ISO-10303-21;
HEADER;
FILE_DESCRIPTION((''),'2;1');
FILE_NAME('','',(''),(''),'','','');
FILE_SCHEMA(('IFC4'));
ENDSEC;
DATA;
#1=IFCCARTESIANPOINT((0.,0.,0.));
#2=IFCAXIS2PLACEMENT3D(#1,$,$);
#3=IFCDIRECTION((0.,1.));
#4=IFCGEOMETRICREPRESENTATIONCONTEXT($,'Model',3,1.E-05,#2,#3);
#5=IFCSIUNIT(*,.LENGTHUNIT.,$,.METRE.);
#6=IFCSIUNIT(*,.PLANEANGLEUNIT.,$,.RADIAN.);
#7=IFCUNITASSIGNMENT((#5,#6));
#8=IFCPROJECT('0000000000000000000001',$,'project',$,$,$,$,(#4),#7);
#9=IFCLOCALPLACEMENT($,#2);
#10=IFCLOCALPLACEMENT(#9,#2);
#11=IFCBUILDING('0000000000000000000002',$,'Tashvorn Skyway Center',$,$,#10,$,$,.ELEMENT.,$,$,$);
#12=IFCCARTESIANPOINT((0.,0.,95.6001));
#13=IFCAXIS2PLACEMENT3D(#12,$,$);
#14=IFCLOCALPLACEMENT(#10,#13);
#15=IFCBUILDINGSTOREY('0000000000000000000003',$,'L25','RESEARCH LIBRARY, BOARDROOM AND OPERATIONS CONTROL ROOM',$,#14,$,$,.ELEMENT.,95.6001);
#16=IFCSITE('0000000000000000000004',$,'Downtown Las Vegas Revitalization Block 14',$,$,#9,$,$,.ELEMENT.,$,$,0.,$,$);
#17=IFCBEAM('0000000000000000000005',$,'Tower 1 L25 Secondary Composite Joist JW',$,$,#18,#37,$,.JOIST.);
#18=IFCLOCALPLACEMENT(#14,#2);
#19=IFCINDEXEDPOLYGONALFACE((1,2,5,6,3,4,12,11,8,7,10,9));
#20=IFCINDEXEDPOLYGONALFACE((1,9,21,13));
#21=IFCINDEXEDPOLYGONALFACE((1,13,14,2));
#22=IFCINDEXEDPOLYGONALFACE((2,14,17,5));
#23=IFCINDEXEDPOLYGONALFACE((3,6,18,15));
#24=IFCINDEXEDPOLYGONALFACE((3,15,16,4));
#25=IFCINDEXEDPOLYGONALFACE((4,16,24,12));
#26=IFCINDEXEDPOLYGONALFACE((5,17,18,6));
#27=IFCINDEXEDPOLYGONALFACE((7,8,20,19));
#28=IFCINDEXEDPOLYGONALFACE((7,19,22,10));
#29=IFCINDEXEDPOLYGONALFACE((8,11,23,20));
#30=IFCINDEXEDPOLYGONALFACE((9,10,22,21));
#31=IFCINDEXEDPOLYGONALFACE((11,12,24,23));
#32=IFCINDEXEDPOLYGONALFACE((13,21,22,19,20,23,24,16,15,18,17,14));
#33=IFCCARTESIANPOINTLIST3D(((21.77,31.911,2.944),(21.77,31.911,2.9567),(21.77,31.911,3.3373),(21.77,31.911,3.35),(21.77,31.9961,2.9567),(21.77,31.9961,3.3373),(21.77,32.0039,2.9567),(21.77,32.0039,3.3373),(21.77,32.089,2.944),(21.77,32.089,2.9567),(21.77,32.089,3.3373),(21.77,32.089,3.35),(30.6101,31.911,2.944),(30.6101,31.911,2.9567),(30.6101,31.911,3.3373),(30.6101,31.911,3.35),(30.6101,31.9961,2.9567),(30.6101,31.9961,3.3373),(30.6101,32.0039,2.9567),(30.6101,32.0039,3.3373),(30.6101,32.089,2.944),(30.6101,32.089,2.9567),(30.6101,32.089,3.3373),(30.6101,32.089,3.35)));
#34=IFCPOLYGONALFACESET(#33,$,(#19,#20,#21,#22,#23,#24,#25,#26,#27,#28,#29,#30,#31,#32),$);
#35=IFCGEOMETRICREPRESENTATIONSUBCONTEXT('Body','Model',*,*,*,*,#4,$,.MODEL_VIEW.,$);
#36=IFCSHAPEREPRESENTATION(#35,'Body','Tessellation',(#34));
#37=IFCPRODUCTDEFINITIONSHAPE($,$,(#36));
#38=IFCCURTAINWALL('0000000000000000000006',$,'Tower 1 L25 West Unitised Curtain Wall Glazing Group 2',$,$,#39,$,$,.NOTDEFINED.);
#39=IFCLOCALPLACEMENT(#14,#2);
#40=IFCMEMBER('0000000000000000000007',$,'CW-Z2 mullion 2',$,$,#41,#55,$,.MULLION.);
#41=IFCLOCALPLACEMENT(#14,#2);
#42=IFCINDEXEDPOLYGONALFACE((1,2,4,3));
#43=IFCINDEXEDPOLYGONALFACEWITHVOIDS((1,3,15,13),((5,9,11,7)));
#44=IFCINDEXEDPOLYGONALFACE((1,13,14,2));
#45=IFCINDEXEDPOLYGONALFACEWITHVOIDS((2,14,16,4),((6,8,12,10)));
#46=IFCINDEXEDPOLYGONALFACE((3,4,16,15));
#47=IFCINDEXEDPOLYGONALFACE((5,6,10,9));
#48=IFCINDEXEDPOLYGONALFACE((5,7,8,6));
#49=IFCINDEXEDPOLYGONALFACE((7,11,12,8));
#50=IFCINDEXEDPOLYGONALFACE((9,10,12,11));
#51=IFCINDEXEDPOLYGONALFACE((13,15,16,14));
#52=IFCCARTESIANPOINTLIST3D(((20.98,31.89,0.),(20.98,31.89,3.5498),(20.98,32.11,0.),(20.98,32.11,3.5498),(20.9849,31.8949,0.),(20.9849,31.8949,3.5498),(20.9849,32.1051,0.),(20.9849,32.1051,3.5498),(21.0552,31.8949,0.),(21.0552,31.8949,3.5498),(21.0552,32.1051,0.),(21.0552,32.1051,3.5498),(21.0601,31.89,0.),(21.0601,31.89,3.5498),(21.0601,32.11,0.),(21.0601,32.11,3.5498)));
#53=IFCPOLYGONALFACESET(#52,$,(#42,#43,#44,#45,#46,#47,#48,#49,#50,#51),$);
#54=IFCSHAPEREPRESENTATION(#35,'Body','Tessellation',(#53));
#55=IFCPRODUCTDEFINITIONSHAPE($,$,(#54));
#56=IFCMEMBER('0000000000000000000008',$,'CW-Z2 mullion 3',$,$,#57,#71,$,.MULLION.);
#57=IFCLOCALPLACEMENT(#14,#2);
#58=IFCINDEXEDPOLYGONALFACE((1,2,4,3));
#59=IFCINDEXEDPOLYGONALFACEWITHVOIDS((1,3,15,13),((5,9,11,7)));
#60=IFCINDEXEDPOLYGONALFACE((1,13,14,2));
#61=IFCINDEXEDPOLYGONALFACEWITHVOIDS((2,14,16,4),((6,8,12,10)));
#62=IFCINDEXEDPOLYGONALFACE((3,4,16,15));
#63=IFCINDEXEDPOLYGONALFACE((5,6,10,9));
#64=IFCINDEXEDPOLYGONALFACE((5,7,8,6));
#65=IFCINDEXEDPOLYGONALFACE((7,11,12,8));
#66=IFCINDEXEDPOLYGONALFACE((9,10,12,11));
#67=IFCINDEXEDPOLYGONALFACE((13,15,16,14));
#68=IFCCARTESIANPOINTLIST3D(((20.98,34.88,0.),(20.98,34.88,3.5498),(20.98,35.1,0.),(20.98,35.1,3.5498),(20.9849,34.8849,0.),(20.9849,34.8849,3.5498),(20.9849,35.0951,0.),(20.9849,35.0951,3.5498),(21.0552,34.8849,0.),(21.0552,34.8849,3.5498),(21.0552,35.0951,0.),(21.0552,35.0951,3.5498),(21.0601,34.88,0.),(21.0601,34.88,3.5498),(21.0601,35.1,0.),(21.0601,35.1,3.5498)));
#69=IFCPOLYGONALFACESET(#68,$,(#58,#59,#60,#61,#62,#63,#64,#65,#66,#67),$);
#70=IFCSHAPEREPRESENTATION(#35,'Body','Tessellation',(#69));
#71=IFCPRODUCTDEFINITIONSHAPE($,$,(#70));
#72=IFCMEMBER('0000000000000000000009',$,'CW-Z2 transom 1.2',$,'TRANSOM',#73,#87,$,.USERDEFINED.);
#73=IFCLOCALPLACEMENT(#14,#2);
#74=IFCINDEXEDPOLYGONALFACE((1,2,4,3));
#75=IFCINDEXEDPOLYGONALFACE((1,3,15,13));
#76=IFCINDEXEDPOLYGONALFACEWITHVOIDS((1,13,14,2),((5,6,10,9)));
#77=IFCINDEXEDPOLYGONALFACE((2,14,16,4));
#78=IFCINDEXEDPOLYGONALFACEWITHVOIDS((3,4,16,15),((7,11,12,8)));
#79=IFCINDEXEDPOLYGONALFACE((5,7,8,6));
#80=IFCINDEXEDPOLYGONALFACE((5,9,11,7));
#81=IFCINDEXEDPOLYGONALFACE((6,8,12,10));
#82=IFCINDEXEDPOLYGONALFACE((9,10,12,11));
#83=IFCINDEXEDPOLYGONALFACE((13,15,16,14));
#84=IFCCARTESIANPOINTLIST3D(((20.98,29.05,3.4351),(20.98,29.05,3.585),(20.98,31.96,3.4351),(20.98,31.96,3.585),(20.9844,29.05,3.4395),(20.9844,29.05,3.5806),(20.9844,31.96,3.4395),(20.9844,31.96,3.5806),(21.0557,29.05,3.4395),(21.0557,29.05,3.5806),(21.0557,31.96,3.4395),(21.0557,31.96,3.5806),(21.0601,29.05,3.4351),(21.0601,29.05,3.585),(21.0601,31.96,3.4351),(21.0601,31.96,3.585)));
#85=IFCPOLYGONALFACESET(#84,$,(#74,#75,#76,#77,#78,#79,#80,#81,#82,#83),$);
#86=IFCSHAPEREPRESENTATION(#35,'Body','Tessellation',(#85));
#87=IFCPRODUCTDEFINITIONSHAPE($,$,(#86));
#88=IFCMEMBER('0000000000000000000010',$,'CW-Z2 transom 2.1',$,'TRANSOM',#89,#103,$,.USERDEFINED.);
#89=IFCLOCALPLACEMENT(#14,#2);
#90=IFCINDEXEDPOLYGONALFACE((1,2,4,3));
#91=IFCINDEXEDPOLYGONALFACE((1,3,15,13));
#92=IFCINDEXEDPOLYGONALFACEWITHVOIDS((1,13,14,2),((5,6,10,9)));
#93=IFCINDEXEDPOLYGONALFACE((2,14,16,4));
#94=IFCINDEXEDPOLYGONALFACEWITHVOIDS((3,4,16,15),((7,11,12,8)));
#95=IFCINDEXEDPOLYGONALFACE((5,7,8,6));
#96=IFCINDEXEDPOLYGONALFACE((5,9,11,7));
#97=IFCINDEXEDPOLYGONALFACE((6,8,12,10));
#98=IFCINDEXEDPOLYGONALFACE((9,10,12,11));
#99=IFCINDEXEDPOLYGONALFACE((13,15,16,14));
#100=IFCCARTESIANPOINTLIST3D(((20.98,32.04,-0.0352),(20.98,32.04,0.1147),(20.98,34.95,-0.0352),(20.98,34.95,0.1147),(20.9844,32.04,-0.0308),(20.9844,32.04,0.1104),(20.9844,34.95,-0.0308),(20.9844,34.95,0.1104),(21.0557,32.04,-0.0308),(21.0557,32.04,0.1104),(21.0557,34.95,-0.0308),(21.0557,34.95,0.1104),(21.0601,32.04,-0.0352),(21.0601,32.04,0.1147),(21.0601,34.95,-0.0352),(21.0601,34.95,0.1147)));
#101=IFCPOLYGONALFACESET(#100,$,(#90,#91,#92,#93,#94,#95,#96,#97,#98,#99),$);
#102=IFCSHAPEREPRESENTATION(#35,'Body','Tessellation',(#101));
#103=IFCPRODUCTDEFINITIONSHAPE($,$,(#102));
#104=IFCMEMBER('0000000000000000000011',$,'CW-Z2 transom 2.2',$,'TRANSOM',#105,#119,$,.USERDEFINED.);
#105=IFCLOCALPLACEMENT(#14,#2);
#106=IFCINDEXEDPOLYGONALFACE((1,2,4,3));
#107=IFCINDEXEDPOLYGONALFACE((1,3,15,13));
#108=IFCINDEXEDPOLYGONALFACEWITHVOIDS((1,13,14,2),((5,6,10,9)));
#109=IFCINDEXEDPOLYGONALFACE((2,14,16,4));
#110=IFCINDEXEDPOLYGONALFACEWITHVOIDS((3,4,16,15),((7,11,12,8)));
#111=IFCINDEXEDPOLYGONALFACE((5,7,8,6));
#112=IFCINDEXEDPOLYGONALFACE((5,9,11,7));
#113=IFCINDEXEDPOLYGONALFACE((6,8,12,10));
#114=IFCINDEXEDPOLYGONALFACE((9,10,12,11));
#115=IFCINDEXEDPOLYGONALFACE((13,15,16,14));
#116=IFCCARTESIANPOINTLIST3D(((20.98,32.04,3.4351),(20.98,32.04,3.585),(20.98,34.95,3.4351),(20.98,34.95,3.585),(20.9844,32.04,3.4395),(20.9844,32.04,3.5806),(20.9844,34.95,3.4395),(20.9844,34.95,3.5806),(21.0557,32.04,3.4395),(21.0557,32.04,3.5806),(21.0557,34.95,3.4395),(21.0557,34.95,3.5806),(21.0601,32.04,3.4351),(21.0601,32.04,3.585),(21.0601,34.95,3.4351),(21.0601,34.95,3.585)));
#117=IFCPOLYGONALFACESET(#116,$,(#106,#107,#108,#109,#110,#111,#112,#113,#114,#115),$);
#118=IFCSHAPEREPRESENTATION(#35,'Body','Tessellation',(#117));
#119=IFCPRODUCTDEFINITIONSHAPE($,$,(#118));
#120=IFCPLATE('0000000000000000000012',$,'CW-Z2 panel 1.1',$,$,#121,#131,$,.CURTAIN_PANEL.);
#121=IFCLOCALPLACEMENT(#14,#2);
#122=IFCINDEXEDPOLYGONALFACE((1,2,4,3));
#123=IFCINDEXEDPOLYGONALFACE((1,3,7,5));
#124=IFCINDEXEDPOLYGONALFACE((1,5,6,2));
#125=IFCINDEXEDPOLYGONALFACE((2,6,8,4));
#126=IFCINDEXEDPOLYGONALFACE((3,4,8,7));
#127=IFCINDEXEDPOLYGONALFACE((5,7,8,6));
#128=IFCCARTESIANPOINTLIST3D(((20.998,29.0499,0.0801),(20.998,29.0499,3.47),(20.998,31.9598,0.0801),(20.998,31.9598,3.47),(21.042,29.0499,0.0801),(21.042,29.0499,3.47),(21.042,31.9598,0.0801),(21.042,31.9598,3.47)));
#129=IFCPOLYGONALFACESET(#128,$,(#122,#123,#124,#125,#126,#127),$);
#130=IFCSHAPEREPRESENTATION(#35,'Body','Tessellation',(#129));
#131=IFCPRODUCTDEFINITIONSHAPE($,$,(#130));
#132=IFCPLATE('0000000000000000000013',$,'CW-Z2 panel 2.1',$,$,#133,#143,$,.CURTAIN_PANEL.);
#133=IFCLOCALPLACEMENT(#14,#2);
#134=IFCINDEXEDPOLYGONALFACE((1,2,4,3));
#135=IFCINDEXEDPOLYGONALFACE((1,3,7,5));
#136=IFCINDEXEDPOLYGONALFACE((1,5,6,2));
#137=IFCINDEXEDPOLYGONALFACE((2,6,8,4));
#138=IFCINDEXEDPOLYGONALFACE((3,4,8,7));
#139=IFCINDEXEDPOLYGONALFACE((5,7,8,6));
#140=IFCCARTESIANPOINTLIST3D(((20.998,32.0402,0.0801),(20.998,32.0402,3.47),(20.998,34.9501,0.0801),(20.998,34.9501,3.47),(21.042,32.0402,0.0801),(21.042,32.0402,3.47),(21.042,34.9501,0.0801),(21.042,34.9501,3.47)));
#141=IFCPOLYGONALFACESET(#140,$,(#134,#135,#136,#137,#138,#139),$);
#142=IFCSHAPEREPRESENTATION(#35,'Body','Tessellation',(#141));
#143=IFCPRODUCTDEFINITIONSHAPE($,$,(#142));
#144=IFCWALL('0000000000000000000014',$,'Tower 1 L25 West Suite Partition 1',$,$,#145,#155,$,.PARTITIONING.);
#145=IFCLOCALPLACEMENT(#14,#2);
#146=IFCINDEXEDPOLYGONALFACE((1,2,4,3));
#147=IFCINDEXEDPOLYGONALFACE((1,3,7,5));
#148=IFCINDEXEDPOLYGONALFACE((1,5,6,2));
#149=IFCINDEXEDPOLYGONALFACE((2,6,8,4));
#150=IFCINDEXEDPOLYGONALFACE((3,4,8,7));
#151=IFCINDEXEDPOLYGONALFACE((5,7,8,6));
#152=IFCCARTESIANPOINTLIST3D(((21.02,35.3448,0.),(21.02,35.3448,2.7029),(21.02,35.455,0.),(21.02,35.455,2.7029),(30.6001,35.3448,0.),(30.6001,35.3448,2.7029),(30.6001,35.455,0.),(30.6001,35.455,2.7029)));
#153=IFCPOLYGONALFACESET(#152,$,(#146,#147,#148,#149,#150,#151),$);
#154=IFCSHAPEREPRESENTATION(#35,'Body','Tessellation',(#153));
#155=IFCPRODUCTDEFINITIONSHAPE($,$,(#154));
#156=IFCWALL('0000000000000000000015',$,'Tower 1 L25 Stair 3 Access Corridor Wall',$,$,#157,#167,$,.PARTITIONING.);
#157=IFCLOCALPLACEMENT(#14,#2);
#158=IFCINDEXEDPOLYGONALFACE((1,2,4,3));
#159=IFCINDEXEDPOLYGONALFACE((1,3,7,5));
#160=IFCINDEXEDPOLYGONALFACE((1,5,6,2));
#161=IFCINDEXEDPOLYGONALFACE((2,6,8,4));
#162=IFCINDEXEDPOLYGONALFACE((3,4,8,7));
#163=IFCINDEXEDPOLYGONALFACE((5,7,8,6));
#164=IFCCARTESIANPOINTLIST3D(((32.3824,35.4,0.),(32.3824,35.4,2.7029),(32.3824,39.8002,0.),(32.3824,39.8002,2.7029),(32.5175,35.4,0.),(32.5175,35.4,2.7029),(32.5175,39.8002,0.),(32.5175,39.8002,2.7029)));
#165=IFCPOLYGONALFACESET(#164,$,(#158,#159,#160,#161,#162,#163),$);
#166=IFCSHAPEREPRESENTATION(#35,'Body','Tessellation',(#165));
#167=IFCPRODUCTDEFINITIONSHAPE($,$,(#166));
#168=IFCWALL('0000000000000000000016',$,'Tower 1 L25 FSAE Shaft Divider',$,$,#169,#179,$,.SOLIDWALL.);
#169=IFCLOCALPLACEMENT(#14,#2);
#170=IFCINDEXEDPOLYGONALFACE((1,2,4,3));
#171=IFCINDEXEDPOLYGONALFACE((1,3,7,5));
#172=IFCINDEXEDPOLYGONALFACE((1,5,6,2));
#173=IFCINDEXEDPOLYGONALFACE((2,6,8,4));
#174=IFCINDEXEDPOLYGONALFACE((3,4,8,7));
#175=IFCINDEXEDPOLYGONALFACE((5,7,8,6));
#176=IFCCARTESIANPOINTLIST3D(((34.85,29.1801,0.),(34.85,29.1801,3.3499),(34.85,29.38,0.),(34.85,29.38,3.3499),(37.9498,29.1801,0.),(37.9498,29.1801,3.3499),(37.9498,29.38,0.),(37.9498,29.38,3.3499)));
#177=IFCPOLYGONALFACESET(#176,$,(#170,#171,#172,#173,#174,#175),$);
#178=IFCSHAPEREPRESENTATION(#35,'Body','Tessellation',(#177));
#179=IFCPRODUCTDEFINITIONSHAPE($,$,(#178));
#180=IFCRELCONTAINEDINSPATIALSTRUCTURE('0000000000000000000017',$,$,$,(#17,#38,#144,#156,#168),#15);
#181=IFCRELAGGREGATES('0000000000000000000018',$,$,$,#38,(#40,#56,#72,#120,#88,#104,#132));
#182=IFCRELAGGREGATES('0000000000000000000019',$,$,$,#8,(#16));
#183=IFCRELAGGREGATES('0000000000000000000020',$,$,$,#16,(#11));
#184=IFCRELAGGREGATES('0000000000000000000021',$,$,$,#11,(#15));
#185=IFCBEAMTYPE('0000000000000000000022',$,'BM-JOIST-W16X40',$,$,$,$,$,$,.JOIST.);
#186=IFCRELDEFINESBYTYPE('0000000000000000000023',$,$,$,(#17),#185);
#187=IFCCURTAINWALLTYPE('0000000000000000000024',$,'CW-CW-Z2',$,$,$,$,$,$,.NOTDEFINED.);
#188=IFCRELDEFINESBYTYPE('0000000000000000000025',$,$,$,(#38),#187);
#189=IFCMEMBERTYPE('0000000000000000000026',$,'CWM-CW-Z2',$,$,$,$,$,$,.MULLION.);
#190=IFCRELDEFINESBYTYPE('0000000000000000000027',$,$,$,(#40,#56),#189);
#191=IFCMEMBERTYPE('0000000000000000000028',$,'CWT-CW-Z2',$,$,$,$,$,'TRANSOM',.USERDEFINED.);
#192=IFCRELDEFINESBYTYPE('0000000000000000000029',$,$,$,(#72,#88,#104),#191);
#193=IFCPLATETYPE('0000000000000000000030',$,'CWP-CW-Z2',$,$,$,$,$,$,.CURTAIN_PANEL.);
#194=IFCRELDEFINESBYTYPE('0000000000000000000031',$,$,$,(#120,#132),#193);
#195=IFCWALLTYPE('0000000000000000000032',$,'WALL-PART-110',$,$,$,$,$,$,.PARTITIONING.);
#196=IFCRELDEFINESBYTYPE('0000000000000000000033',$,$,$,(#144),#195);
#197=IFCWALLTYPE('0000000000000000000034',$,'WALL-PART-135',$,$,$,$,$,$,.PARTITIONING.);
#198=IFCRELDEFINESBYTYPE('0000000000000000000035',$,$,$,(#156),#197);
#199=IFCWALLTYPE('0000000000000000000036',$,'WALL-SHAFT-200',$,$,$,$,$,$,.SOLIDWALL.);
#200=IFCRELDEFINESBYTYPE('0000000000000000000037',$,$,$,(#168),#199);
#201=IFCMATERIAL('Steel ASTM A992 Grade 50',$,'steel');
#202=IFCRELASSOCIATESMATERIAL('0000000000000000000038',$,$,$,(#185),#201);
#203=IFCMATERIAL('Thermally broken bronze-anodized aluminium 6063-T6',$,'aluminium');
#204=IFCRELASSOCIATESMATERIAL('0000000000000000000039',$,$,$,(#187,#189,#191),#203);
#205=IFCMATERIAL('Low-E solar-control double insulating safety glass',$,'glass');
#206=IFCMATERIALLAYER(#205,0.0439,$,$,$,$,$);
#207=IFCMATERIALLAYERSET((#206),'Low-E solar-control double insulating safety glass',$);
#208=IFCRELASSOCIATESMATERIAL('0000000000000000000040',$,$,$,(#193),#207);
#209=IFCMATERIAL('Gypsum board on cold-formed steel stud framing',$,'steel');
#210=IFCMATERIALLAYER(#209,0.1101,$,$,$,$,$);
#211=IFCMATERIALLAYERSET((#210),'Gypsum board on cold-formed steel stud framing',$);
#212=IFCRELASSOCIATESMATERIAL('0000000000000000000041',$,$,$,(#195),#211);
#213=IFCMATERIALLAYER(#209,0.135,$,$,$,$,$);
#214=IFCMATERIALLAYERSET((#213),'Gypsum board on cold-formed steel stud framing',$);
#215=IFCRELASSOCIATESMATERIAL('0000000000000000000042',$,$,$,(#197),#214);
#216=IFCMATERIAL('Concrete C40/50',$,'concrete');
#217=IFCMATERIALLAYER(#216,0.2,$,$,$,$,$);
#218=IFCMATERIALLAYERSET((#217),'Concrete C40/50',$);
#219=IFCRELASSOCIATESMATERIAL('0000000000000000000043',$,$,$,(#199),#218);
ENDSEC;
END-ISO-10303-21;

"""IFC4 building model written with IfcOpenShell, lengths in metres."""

from ifc_helpers import new_model, si_unit, direction, frame, frame_2d, origin, origin_2d, place, context, subcontext, project, spatial, rectangle, hollow_rectangle, i_section, extrude, material, layer, layer_set, material_profile, profile_set, type_object, element, aggregate, save


model = new_model("IFC4")

# Units and contexts
model_context = context("Model", 3, precision=1e-05, world=origin(), true_north=direction((0.0, 1.0)))
body_context = subcontext(model_context, "Body", "Model", "MODEL_VIEW")
ifc_project = project(units=[si_unit("LENGTHUNIT", "METRE"), si_unit("PLANEANGLEUNIT", "RADIAN")], contexts=[model_context])

# Site, building, storey
site_placement = place(None, origin())
site = spatial("IfcSite", under=ifc_project, at=site_placement, Name="Downtown Las Vegas Revitalization Block 14", CompositionType="ELEMENT", RefElevation=0.0)
building_placement = place(site_placement, origin())
building = spatial("IfcBuilding", under=site, at=building_placement, Name="Tashvorn Skyway Center", CompositionType="ELEMENT")
storey_placement = place(building_placement, frame((0.0, 0.0, 95.6001)))
storey = spatial("IfcBuildingStorey", under=building, at=storey_placement, Name="L25", Description="RESEARCH LIBRARY, BOARDROOM AND OPERATIONS CONTROL ROOM", CompositionType="ELEMENT", Elevation=95.6001)

# Beam
ifc_material_1 = material(Name="Steel ASTM A992 Grade 50", Category="steel")
ifc_material_profile_1 = material_profile(ifc_material_1, i_section(OverallWidth=0.178, OverallDepth=0.406, WebThickness=0.0078, FlangeThickness=0.0127, at=origin_2d()), Name="W16X40")
ifc_profile_set_1 = profile_set([ifc_material_profile_1], Name="Steel ASTM A992 Grade 50")
beam_type = type_object("IfcBeamType", Name="BM-JOIST-W16X40", PredefinedType="JOIST", material=ifc_profile_set_1)
beam_placement = place(storey_placement, frame((30.6101, 32.0, 3.147), z_axis=(-1.0, 0.0, 0.0), x_axis=(0.0, -1.0, 0.0)))
element("IfcBeam", 1, at=beam_placement, inside=storey, type_object=beam_type, Name="Tower 1 L25 Secondary Composite Joist JW", PredefinedType="JOIST", context=body_context, shape_type="SweptSolid", body=[
    extrude(i_section(OverallWidth=0.178, OverallDepth=0.406, WebThickness=0.0078, FlangeThickness=0.0127, at=origin_2d()), origin(), (0.0, 0.0, 1.0), 8.8401),
])

# Curtain wall, members, plates
ifc_material_2 = material(Name="Thermally broken bronze-anodized aluminium 6063-T6", Category="aluminium")
curtain_wall_type = type_object("IfcCurtainWallType", Name="CW-CW-Z2", PredefinedType="NOTDEFINED", material=ifc_material_2)
curtain_wall_placement = place(storey_placement, origin())
curtain_wall = element("IfcCurtainWall", 2, at=curtain_wall_placement, inside=storey, type_object=curtain_wall_type, Name="Tower 1 L25 West Unitised Curtain Wall Glazing Group 2", PredefinedType="NOTDEFINED")
ifc_material_profile_2 = material_profile(ifc_material_2, hollow_rectangle(XDim=0.0801, YDim=0.22, WallThickness=0.0049, at=origin_2d()), Name="ALU-MULL-80x220")
ifc_profile_set_2 = profile_set([ifc_material_profile_2], Name="Thermally broken bronze-anodized aluminium 6063-T6")
member_type_1 = type_object("IfcMemberType", Name="CWM-CW-Z2", PredefinedType="MULLION", material=ifc_profile_set_2)
member_1_placement = place(storey_placement, frame((21.02, 32.0, 0.0), z_axis=(0.0, 0.0, 1.0), x_axis=(-1.0, 0.0, 0.0)))
member_1 = element("IfcMember", 3, at=member_1_placement, type_object=member_type_1, Name="CW-Z2 mullion 2", PredefinedType="MULLION", context=body_context, shape_type="SweptSolid", body=[
    extrude(hollow_rectangle(XDim=0.0801, YDim=0.22, WallThickness=0.0049, at=origin_2d()), origin(), (0.0, 0.0, 1.0), 3.5498),
])
member_2_placement = place(storey_placement, frame((21.02, 34.99, 0.0), z_axis=(0.0, 0.0, 1.0), x_axis=(-1.0, 0.0, 0.0)))
member_2 = element("IfcMember", 4, at=member_2_placement, type_object=member_type_1, Name="CW-Z2 mullion 3", PredefinedType="MULLION", context=body_context, shape_type="SweptSolid", body=[
    extrude(hollow_rectangle(XDim=0.0801, YDim=0.22, WallThickness=0.0049, at=origin_2d()), origin(), (0.0, 0.0, 1.0), 3.5498),
])
ifc_material_profile_3 = material_profile(ifc_material_2, hollow_rectangle(XDim=0.0801, YDim=0.1499, WallThickness=0.0044, at=origin_2d()), Name="ALU-TRAN-80x150")
ifc_profile_set_3 = profile_set([ifc_material_profile_3], Name="Thermally broken bronze-anodized aluminium 6063-T6")
member_type_2 = type_object("IfcMemberType", Name="CWT-CW-Z2", ElementType="TRANSOM", PredefinedType="USERDEFINED", material=ifc_profile_set_3)
member_3_placement = place(storey_placement, frame((21.02, 29.05, 3.51), z_axis=(0.0, 1.0, 0.0), x_axis=(-1.0, 0.0, 0.0)))
member_3 = element("IfcMember", 5, at=member_3_placement, type_object=member_type_2, Name="CW-Z2 transom 1.2", ObjectType="TRANSOM", PredefinedType="USERDEFINED", context=body_context, shape_type="SweptSolid", body=[
    extrude(hollow_rectangle(XDim=0.0801, YDim=0.1499, WallThickness=0.0044, at=origin_2d()), origin(), (0.0, 0.0, 1.0), 2.9099),
])
member_4_placement = place(storey_placement, frame((21.02, 32.04, 0.0398), z_axis=(0.0, 1.0, 0.0), x_axis=(-1.0, 0.0, 0.0)))
member_4 = element("IfcMember", 6, at=member_4_placement, type_object=member_type_2, Name="CW-Z2 transom 2.1", ObjectType="TRANSOM", PredefinedType="USERDEFINED", context=body_context, shape_type="SweptSolid", body=[
    extrude(hollow_rectangle(XDim=0.0801, YDim=0.1499, WallThickness=0.0044, at=origin_2d()), origin(), (0.0, 0.0, 1.0), 2.9099),
])
member_5_placement = place(storey_placement, frame((21.02, 32.04, 3.51), z_axis=(0.0, 1.0, 0.0), x_axis=(-1.0, 0.0, 0.0)))
member_5 = element("IfcMember", 7, at=member_5_placement, type_object=member_type_2, Name="CW-Z2 transom 2.2", ObjectType="TRANSOM", PredefinedType="USERDEFINED", context=body_context, shape_type="SweptSolid", body=[
    extrude(hollow_rectangle(XDim=0.0801, YDim=0.1499, WallThickness=0.0044, at=origin_2d()), origin(), (0.0, 0.0, 1.0), 2.9099),
])
ifc_material_3 = material(Name="Low-E solar-control double insulating safety glass", Category="glass")
ifc_layer_1 = layer(ifc_material_3, 0.0439)
ifc_layer_set_1 = layer_set([ifc_layer_1], Name="Low-E solar-control double insulating safety glass")
plate_type = type_object("IfcPlateType", Name="CWP-CW-Z2", PredefinedType="CURTAIN_PANEL", material=ifc_layer_set_1)
plate_1_placement = place(storey_placement, frame((21.02, 30.5049, 0.0801), z_axis=(0.0, 0.0, 1.0), x_axis=(0.0, 1.0, 0.0)))
plate_1 = element("IfcPlate", 8, at=plate_1_placement, type_object=plate_type, Name="CW-Z2 panel 1.1", PredefinedType="CURTAIN_PANEL", context=body_context, shape_type="SweptSolid", body=[
    extrude(rectangle(XDim=2.9099, YDim=0.0439, at=origin_2d()), origin(), (0.0, 0.0, 1.0), 3.3899),
])
plate_2_placement = place(storey_placement, frame((21.02, 33.4951, 0.0801), z_axis=(0.0, 0.0, 1.0), x_axis=(0.0, 1.0, 0.0)))
plate_2 = element("IfcPlate", 9, at=plate_2_placement, type_object=plate_type, Name="CW-Z2 panel 2.1", PredefinedType="CURTAIN_PANEL", context=body_context, shape_type="SweptSolid", body=[
    extrude(rectangle(XDim=2.9099, YDim=0.0439, at=origin_2d()), origin(), (0.0, 0.0, 1.0), 3.3899),
])
aggregate(curtain_wall, [member_1, member_2, member_3, plate_1, member_4, member_5, plate_2])

# Walls
ifc_material_4 = material(Name="Gypsum board on cold-formed steel stud framing", Category="steel")
ifc_layer_2 = layer(ifc_material_4, 0.1101)
ifc_layer_set_2 = layer_set([ifc_layer_2], Name="Gypsum board on cold-formed steel stud framing")
wall_type_1 = type_object("IfcWallType", Name="WALL-PART-110", PredefinedType="PARTITIONING", material=ifc_layer_set_2)
wall_1_placement = place(storey_placement, frame((30.6001, 35.3999, 0.0), z_axis=(0.0, 0.0, 1.0), x_axis=(-1.0, 0.0, 0.0)))
element("IfcWall", 10, at=wall_1_placement, inside=storey, type_object=wall_type_1, Name="Tower 1 L25 West Suite Partition 1", PredefinedType="PARTITIONING", context=body_context, shape_type="SweptSolid", body=[
    extrude(rectangle(XDim=9.5801, YDim=0.1101, at=frame_2d((4.79, 0.0))), origin(), (0.0, 0.0, 1.0), 2.7029),
])
ifc_layer_3 = layer(ifc_material_4, 0.135)
ifc_layer_set_3 = layer_set([ifc_layer_3], Name="Gypsum board on cold-formed steel stud framing")
wall_type_2 = type_object("IfcWallType", Name="WALL-PART-135", PredefinedType="PARTITIONING", material=ifc_layer_set_3)
wall_2_placement = place(storey_placement, frame((32.45, 35.3999, 0.0), z_axis=(0.0, 0.0, 1.0), x_axis=(0.0, 1.0, 0.0)))
element("IfcWall", 11, at=wall_2_placement, inside=storey, type_object=wall_type_2, Name="Tower 1 L25 Stair 3 Access Corridor Wall", PredefinedType="PARTITIONING", context=body_context, shape_type="SweptSolid", body=[
    extrude(rectangle(XDim=4.4001, YDim=0.135, at=frame_2d((2.2002, 0.0))), origin(), (0.0, 0.0, 1.0), 2.7029),
])
ifc_material_5 = material(Name="Concrete C40/50", Category="concrete")
ifc_layer_4 = layer(ifc_material_5, 0.2)
ifc_layer_set_4 = layer_set([ifc_layer_4], Name="Concrete C40/50")
wall_type_3 = type_object("IfcWallType", Name="WALL-SHAFT-200", PredefinedType="SOLIDWALL", material=ifc_layer_set_4)
wall_3_placement = place(storey_placement, frame((34.8501, 29.28, 0.0), z_axis=(0.0, 0.0, 1.0), x_axis=(1.0, 0.0, 0.0)))
element("IfcWall", 12, at=wall_3_placement, inside=storey, type_object=wall_type_3, Name="Tower 1 L25 FSAE Shaft Divider", PredefinedType="SOLIDWALL", context=body_context, shape_type="SweptSolid", body=[
    extrude(rectangle(XDim=3.0999, YDim=0.2, at=frame_2d((1.5498, 0.0))), origin(), (0.0, 0.0, 1.0), 3.3499),
])

save(model, "model.ifc")
